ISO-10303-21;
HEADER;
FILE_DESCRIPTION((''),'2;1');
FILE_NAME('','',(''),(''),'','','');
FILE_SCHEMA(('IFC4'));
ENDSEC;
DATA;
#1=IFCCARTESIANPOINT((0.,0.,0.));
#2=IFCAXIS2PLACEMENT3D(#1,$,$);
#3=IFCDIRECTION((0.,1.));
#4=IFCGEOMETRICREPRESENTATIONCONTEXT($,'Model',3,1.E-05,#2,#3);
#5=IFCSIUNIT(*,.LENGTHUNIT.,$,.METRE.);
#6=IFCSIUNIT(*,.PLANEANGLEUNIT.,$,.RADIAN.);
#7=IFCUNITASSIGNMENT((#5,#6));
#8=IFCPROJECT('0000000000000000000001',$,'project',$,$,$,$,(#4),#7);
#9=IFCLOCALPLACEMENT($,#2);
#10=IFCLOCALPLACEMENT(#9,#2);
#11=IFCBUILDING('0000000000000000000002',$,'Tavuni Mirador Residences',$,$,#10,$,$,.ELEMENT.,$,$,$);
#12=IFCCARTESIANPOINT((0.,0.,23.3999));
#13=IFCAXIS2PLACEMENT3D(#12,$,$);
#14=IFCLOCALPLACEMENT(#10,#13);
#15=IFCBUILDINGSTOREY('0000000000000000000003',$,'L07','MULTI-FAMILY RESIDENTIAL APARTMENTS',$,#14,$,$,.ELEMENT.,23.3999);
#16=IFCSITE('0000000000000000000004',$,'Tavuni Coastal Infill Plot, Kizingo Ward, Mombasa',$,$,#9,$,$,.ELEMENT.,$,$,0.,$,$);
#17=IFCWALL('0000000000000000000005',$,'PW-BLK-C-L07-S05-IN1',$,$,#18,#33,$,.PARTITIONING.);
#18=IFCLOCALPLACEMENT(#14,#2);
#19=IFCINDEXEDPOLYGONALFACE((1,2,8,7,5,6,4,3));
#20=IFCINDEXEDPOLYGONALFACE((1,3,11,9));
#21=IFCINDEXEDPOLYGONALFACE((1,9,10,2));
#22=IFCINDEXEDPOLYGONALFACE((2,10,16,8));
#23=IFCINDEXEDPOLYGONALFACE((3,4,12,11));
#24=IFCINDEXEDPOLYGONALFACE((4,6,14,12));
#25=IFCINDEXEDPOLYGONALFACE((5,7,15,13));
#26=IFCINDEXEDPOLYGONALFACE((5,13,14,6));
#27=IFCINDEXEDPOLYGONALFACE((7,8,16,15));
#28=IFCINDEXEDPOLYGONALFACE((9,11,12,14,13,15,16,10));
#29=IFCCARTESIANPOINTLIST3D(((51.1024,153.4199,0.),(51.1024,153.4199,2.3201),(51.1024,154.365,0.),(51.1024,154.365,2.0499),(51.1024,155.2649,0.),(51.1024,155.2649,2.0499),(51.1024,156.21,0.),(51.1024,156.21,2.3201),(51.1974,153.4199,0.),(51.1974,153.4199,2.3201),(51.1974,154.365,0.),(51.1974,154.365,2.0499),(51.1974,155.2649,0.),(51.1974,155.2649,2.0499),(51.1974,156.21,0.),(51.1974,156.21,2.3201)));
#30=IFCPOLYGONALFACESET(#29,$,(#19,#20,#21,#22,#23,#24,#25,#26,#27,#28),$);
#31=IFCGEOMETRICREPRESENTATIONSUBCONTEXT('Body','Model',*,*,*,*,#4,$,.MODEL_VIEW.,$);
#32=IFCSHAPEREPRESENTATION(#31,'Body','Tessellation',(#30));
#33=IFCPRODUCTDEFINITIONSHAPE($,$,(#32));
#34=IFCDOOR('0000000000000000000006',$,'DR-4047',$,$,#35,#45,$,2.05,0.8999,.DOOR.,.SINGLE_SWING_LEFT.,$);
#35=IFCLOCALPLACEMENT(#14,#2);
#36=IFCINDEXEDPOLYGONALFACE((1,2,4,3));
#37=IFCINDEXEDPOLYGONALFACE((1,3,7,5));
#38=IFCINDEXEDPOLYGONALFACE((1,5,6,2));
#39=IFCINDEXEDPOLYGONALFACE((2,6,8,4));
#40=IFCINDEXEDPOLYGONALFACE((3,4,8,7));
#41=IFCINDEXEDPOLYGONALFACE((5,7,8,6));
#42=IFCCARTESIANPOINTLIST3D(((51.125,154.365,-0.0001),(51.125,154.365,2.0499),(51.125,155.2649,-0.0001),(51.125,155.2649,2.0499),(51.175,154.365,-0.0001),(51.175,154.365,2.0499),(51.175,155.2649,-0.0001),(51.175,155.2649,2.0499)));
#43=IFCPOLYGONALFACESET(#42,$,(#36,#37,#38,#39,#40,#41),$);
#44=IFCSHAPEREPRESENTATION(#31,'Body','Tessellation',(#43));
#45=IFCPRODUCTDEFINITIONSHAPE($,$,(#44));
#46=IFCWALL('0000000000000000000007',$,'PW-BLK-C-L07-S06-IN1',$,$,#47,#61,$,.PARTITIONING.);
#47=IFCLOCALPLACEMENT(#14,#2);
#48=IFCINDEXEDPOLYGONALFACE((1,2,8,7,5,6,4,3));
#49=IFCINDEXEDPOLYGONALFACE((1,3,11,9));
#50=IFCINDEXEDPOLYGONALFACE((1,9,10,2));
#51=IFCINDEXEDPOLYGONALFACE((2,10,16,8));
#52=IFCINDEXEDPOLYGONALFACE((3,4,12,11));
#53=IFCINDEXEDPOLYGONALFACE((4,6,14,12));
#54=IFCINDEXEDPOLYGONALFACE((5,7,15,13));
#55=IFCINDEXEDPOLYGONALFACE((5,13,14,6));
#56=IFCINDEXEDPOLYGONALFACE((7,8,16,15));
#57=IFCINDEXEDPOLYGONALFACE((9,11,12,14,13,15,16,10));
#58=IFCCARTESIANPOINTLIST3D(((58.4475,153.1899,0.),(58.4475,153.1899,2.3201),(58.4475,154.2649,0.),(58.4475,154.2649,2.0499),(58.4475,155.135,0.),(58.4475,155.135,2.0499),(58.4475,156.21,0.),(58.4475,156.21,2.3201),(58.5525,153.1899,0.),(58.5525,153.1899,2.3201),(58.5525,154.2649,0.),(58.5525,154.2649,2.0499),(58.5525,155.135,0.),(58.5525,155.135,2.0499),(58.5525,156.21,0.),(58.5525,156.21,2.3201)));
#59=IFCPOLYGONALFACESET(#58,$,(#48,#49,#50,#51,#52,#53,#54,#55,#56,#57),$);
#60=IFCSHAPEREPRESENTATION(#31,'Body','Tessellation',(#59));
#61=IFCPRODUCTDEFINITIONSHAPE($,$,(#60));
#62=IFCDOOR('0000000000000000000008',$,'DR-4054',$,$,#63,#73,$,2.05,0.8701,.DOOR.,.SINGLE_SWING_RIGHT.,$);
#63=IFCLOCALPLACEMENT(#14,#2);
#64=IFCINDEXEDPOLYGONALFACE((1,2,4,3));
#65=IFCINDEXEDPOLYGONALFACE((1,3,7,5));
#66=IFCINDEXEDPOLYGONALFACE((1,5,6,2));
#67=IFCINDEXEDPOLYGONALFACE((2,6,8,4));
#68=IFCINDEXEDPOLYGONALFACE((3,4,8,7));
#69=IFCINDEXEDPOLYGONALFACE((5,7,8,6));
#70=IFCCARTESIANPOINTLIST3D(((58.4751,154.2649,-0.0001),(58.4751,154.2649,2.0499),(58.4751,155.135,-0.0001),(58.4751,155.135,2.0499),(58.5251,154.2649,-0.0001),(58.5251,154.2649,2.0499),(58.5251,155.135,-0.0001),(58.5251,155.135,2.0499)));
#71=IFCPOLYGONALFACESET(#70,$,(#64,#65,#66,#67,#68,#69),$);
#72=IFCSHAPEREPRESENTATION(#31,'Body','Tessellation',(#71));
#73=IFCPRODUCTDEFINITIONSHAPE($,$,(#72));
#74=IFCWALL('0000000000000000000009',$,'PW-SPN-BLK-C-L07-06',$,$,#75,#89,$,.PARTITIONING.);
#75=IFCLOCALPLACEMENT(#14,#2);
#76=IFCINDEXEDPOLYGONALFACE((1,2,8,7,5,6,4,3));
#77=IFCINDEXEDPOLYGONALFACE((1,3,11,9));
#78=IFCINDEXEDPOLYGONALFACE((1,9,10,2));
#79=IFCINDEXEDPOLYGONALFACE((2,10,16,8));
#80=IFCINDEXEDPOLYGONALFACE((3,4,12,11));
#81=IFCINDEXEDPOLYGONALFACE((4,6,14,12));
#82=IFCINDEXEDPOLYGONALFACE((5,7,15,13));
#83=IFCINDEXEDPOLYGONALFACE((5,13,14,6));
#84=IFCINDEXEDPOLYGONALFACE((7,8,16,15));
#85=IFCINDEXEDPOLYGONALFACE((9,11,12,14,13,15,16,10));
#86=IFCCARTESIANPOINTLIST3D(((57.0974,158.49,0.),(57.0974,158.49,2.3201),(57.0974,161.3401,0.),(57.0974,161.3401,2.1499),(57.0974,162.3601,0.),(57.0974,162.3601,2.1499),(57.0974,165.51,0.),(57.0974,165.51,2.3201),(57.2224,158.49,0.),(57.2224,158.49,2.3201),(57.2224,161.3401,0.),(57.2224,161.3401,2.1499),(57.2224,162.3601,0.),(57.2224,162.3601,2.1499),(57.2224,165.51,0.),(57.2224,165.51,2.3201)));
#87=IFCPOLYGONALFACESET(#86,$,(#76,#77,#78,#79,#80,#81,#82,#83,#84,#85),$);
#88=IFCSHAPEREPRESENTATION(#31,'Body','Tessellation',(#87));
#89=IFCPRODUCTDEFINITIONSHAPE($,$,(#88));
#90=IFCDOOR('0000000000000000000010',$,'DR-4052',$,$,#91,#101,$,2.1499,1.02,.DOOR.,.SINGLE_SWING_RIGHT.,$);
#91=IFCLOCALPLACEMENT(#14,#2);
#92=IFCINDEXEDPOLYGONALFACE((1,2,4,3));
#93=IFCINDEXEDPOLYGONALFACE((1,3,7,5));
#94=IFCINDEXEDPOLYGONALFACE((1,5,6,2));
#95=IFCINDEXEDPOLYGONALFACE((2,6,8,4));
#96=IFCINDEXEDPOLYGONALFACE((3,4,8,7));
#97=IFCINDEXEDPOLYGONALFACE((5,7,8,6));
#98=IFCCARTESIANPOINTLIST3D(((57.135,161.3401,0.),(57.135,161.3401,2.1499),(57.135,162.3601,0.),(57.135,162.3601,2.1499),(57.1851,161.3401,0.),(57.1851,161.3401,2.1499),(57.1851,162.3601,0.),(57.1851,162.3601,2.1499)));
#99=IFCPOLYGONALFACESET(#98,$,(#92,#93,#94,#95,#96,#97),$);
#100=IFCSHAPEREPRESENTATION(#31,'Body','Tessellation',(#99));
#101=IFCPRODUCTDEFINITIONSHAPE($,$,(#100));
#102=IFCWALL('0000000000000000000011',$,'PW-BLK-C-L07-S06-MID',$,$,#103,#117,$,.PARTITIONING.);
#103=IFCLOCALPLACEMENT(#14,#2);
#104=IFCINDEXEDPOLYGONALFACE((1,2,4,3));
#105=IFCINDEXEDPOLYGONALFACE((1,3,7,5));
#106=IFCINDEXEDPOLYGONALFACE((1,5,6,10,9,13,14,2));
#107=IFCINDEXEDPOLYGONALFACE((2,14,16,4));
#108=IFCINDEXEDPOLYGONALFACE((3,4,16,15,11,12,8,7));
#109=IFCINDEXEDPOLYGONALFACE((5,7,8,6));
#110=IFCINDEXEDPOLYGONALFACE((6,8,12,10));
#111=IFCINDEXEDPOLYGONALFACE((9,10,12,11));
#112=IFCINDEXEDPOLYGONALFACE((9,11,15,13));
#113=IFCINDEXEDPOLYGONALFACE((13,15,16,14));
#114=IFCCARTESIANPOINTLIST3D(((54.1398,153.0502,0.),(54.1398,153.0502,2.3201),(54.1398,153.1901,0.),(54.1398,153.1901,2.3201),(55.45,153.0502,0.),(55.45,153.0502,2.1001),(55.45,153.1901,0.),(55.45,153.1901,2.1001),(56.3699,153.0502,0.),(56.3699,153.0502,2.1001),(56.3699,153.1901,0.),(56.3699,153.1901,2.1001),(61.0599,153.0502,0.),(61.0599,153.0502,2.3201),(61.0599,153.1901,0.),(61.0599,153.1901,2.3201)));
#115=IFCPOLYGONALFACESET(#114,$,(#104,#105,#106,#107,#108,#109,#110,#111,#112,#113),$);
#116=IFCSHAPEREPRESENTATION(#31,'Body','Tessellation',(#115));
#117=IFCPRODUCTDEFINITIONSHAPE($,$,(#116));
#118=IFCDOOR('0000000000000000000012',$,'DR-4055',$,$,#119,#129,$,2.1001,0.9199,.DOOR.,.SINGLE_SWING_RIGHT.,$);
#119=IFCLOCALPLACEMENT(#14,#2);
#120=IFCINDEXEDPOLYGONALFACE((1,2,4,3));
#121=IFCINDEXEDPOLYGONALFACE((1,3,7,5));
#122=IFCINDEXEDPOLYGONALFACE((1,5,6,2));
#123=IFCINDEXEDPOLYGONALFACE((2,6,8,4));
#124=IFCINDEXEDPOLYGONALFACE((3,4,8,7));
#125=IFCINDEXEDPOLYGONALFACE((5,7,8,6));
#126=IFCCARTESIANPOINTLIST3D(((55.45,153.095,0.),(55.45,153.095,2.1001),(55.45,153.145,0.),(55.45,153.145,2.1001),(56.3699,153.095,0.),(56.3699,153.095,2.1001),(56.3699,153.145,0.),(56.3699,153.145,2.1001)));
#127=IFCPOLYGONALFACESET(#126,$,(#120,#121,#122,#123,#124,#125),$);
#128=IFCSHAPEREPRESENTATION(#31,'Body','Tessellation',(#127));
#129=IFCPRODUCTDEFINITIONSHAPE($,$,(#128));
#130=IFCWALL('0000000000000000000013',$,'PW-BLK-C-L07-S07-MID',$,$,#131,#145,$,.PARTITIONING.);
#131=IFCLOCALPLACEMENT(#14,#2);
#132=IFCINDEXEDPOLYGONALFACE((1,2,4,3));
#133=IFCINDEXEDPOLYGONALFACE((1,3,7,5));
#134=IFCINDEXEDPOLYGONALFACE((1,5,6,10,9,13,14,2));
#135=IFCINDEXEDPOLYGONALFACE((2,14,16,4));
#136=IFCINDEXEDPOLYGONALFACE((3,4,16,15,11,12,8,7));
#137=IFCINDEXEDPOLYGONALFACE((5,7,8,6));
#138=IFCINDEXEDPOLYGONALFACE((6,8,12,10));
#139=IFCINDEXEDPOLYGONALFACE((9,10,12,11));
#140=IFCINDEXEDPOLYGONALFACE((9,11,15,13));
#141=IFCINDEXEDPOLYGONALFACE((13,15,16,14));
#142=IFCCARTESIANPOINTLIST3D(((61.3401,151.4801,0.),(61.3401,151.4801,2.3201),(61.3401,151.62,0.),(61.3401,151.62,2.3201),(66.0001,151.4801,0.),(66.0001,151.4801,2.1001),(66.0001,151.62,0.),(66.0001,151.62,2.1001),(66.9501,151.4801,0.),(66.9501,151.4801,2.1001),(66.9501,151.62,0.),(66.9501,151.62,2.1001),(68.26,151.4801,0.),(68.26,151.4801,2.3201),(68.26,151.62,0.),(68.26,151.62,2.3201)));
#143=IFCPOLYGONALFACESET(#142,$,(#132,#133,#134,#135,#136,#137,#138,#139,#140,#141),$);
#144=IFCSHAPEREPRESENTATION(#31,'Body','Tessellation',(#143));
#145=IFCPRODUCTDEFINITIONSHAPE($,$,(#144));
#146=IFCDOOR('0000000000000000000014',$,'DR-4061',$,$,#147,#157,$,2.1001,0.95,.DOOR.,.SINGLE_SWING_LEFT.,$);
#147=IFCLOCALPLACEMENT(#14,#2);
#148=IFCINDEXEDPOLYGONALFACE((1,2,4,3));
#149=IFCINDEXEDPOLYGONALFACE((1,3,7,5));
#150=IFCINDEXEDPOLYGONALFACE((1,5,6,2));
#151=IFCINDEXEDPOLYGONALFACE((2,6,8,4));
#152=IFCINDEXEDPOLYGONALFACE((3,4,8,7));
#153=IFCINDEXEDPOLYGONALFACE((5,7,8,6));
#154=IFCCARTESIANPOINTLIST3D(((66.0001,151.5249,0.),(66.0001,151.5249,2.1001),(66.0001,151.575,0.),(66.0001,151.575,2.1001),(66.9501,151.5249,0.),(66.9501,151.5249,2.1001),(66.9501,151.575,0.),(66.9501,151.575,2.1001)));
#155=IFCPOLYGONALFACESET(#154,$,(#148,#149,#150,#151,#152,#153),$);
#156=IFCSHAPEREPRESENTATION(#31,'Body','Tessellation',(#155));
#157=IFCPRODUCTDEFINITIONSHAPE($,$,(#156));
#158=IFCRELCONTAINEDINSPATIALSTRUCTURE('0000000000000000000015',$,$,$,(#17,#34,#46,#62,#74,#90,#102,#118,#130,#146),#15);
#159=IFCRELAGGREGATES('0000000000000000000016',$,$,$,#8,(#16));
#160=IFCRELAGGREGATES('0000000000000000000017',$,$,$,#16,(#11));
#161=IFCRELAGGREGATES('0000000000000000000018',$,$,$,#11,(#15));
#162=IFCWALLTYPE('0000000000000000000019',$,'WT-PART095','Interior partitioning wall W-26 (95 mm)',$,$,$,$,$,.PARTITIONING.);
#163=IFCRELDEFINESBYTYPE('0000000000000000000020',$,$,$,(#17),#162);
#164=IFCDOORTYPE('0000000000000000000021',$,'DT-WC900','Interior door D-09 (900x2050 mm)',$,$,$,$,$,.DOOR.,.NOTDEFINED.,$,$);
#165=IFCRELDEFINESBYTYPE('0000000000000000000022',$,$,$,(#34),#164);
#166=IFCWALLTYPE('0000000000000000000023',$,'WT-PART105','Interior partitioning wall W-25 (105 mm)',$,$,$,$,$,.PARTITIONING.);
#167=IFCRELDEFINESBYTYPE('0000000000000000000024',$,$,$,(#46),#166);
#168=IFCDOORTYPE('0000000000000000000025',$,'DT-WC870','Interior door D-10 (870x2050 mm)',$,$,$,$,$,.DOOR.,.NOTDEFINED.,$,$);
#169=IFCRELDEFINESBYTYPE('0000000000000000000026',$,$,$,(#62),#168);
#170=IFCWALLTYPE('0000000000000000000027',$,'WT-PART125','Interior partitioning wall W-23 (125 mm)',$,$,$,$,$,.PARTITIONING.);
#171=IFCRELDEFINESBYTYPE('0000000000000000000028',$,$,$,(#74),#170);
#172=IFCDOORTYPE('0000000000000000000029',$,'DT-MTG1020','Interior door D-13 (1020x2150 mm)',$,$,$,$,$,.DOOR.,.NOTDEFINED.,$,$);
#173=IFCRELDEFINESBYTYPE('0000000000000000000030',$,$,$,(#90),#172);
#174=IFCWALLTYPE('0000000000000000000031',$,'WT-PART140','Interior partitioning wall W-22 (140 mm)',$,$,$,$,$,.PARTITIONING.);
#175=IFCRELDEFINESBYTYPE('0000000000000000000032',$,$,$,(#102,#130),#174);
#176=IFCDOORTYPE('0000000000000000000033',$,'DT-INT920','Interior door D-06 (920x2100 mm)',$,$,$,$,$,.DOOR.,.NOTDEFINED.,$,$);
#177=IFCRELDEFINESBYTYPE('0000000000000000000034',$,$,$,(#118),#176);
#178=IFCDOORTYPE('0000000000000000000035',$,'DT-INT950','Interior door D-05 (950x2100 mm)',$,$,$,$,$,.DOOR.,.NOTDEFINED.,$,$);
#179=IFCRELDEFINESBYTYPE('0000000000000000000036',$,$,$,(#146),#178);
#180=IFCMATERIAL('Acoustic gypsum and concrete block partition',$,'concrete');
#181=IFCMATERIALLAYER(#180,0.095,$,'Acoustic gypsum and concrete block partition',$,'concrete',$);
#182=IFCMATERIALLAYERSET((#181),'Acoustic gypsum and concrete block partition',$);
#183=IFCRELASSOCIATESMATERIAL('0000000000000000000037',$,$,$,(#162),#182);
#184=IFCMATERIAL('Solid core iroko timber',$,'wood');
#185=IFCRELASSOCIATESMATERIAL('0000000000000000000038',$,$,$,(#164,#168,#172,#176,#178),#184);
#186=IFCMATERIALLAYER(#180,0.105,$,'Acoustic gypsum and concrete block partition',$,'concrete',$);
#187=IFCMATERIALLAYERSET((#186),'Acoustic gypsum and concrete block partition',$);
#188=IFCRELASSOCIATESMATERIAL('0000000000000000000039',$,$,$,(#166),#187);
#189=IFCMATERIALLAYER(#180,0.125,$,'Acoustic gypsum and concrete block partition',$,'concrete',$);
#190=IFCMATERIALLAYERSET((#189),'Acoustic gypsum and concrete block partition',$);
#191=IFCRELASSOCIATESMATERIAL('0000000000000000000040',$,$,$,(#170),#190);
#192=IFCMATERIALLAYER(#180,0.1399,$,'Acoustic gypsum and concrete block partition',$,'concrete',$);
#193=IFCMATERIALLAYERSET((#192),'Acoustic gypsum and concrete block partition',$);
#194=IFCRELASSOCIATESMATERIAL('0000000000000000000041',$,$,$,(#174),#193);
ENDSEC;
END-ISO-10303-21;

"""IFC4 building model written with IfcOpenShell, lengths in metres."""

from ifc_helpers import new_model, si_unit, direction, frame, frame_2d, origin, place, context, subcontext, project, spatial, rectangle, extrude, material, layer, layer_set, type_object, element, fill, save


model = new_model("IFC4")

# Units and contexts
model_context = context("Model", 3, precision=1e-05, world=origin(), true_north=direction((0.0, 1.0)))
body_context = subcontext(model_context, "Body", "Model", "MODEL_VIEW")
ifc_project = project(units=[si_unit("LENGTHUNIT", "METRE"), si_unit("PLANEANGLEUNIT", "RADIAN")], contexts=[model_context])

# Site, building, storey
site_placement = place(None, origin())
site = spatial("IfcSite", under=ifc_project, at=site_placement, Name="Tavuni Coastal Infill Plot, Kizingo Ward, Mombasa", CompositionType="ELEMENT", RefElevation=0.0)
building_placement = place(site_placement, origin())
building = spatial("IfcBuilding", under=site, at=building_placement, Name="Tavuni Mirador Residences", CompositionType="ELEMENT")
storey_placement = place(building_placement, frame((0.0, 0.0, 23.3999)))
storey = spatial("IfcBuildingStorey", under=building, at=storey_placement, Name="L07", Description="MULTI-FAMILY RESIDENTIAL APARTMENTS", CompositionType="ELEMENT", Elevation=23.3999)

# Walls, openings, doors
ifc_material_1 = material(Name="Solid core iroko timber", Category="wood")
ifc_material_2 = material(Name="Acoustic gypsum and concrete block partition", Category="concrete")
ifc_layer_1 = layer(ifc_material_2, 0.095, Name="Acoustic gypsum and concrete block partition", Category="concrete")
ifc_layer_set_1 = layer_set([ifc_layer_1], Name="Acoustic gypsum and concrete block partition")
wall_type_1 = type_object("IfcWallType", Name="WT-PART095", Description="Interior partitioning wall W-26 (95 mm)", PredefinedType="PARTITIONING", material=ifc_layer_set_1)
wall_1_placement = place(storey_placement, frame((51.1499, 153.4199, 0.0), z_axis=(0.0, 0.0, 1.0), x_axis=(0.0, 1.0, 0.0)))
wall_1 = element("IfcWall", 1, at=wall_1_placement, inside=storey, type_object=wall_type_1, Name="PW-BLK-C-L07-S05-IN1", PredefinedType="PARTITIONING", context=body_context, shape_type="SweptSolid", body=[
    extrude(rectangle(XDim=2.79, YDim=0.095, at=frame_2d((1.395, 0.0))), origin(), (0.0, 0.0, 1.0), 2.3201),
])
opening_1_placement = place(wall_1_placement, frame((0.9451, 0.0, 0.0)))
opening_1 = element("IfcOpeningElement", 2, at=opening_1_placement, cuts=wall_1, PredefinedType="OPENING", context=body_context, shape_type="SweptSolid", body=[
    extrude(rectangle(XDim=0.8999, YDim=2.05, at=frame_2d((0.45, 1.0249))), frame((0.0, 0.0576, 0.0), z_axis=(0.0, -1.0, 0.0), x_axis=(1.0, 0.0, 0.0)), (0.0, 0.0, 1.0), 0.115),
])
door_type_1 = type_object("IfcDoorType", Name="DT-WC900", Description="Interior door D-09 (900x2050 mm)", OperationType="NOTDEFINED", PredefinedType="DOOR", material=ifc_material_1)
door_1_placement = place(opening_1_placement, origin())
door_1 = element("IfcDoor", 3, at=door_1_placement, inside=storey, type_object=door_type_1, Name="DR-4047", OperationType="SINGLE_SWING_LEFT", OverallHeight=2.05, OverallWidth=0.8999, PredefinedType="DOOR", context=body_context, shape_type="SweptSolid", body=[
    extrude(rectangle(XDim=0.8999, YDim=2.05, at=frame_2d((0.45, 1.0249))), frame((0.0, 0.0249, 0.0), z_axis=(0.0, -1.0, 0.0), x_axis=(1.0, 0.0, 0.0)), (0.0, 0.0, 1.0), 0.05),
])
fill(opening_1, door_1)
ifc_layer_2 = layer(ifc_material_2, 0.105, Name="Acoustic gypsum and concrete block partition", Category="concrete")
ifc_layer_set_2 = layer_set([ifc_layer_2], Name="Acoustic gypsum and concrete block partition")
wall_type_2 = type_object("IfcWallType", Name="WT-PART105", Description="Interior partitioning wall W-25 (105 mm)", PredefinedType="PARTITIONING", material=ifc_layer_set_2)
wall_2_placement = place(storey_placement, frame((58.5, 153.1899, 0.0), z_axis=(0.0, 0.0, 1.0), x_axis=(0.0, 1.0, 0.0)))
wall_2 = element("IfcWall", 4, at=wall_2_placement, inside=storey, type_object=wall_type_2, Name="PW-BLK-C-L07-S06-IN1", PredefinedType="PARTITIONING", context=body_context, shape_type="SweptSolid", body=[
    extrude(rectangle(XDim=3.02, YDim=0.105, at=frame_2d((1.51, 0.0))), origin(), (0.0, 0.0, 1.0), 2.3201),
])
opening_2_placement = place(wall_2_placement, frame((1.075, 0.0, 0.0)))
opening_2 = element("IfcOpeningElement", 5, at=opening_2_placement, cuts=wall_2, PredefinedType="OPENING", context=body_context, shape_type="SweptSolid", body=[
    extrude(rectangle(XDim=0.8701, YDim=2.05, at=frame_2d((0.4351, 1.0249))), frame((0.0, 0.0625, 0.0), z_axis=(0.0, -1.0, 0.0), x_axis=(1.0, 0.0, 0.0)), (0.0, 0.0, 1.0), 0.125),
])
door_type_2 = type_object("IfcDoorType", Name="DT-WC870", Description="Interior door D-10 (870x2050 mm)", OperationType="NOTDEFINED", PredefinedType="DOOR", material=ifc_material_1)
door_2_placement = place(opening_2_placement, origin())
door_2 = element("IfcDoor", 6, at=door_2_placement, inside=storey, type_object=door_type_2, Name="DR-4054", OperationType="SINGLE_SWING_RIGHT", OverallHeight=2.05, OverallWidth=0.8701, PredefinedType="DOOR", context=body_context, shape_type="SweptSolid", body=[
    extrude(rectangle(XDim=0.8701, YDim=2.05, at=frame_2d((0.4351, 1.0249))), frame((0.0, 0.0249, 0.0), z_axis=(0.0, -1.0, 0.0), x_axis=(1.0, 0.0, 0.0)), (0.0, 0.0, 1.0), 0.05),
])
fill(opening_2, door_2)
ifc_layer_3 = layer(ifc_material_2, 0.125, Name="Acoustic gypsum and concrete block partition", Category="concrete")
ifc_layer_set_3 = layer_set([ifc_layer_3], Name="Acoustic gypsum and concrete block partition")
wall_type_3 = type_object("IfcWallType", Name="WT-PART125", Description="Interior partitioning wall W-23 (125 mm)", PredefinedType="PARTITIONING", material=ifc_layer_set_3)
wall_3_placement = place(storey_placement, frame((57.1599, 158.49, 0.0), z_axis=(0.0, 0.0, 1.0), x_axis=(0.0, 1.0, 0.0)))
wall_3 = element("IfcWall", 7, at=wall_3_placement, inside=storey, type_object=wall_type_3, Name="PW-SPN-BLK-C-L07-06", PredefinedType="PARTITIONING", context=body_context, shape_type="SweptSolid", body=[
    extrude(rectangle(XDim=7.02, YDim=0.125, at=frame_2d((3.51, 0.0))), origin(), (0.0, 0.0, 1.0), 2.3201),
])
opening_3_placement = place(wall_3_placement, frame((2.8501, 0.0, 0.0)))
opening_3 = element("IfcOpeningElement", 8, at=opening_3_placement, cuts=wall_3, PredefinedType="OPENING", context=body_context, shape_type="SweptSolid", body=[
    extrude(rectangle(XDim=1.02, YDim=2.1499, at=frame_2d((0.51, 1.075))), frame((0.0, 0.0725, 0.0), z_axis=(0.0, -1.0, 0.0), x_axis=(1.0, 0.0, 0.0)), (0.0, 0.0, 1.0), 0.145),
])
door_type_3 = type_object("IfcDoorType", Name="DT-MTG1020", Description="Interior door D-13 (1020x2150 mm)", OperationType="NOTDEFINED", PredefinedType="DOOR", material=ifc_material_1)
door_3_placement = place(opening_3_placement, origin())
door_3 = element("IfcDoor", 9, at=door_3_placement, inside=storey, type_object=door_type_3, Name="DR-4052", OperationType="SINGLE_SWING_RIGHT", OverallHeight=2.1499, OverallWidth=1.02, PredefinedType="DOOR", context=body_context, shape_type="SweptSolid", body=[
    extrude(rectangle(XDim=1.02, YDim=2.1499, at=frame_2d((0.51, 1.075))), frame((0.0, 0.0249, 0.0), z_axis=(0.0, -1.0, 0.0), x_axis=(1.0, 0.0, 0.0)), (0.0, 0.0, 1.0), 0.05),
])
fill(opening_3, door_3)
ifc_layer_4 = layer(ifc_material_2, 0.1399, Name="Acoustic gypsum and concrete block partition", Category="concrete")
ifc_layer_set_4 = layer_set([ifc_layer_4], Name="Acoustic gypsum and concrete block partition")
wall_type_4 = type_object("IfcWallType", Name="WT-PART140", Description="Interior partitioning wall W-22 (140 mm)", PredefinedType="PARTITIONING", material=ifc_layer_set_4)
wall_4_placement = place(storey_placement, frame((54.1399, 153.1201, 0.0), z_axis=(0.0, 0.0, 1.0), x_axis=(1.0, 0.0, 0.0)))
wall_4 = element("IfcWall", 10, at=wall_4_placement, inside=storey, type_object=wall_type_4, Name="PW-BLK-C-L07-S06-MID", PredefinedType="PARTITIONING", context=body_context, shape_type="SweptSolid", body=[
    extrude(rectangle(XDim=6.9202, YDim=0.1399, at=frame_2d((3.46, 0.0))), origin(), (0.0, 0.0, 1.0), 2.3201),
])
opening_4_placement = place(wall_4_placement, frame((1.3101, 0.0, 0.0)))
opening_4 = element("IfcOpeningElement", 11, at=opening_4_placement, cuts=wall_4, PredefinedType="OPENING", context=body_context, shape_type="SweptSolid", body=[
    extrude(rectangle(XDim=0.9199, YDim=2.1001, at=frame_2d((0.46, 1.05))), frame((0.0, 0.0801, 0.0), z_axis=(0.0, -1.0, 0.0), x_axis=(1.0, 0.0, 0.0)), (0.0, 0.0, 1.0), 0.1599),
])
door_type_4 = type_object("IfcDoorType", Name="DT-INT920", Description="Interior door D-06 (920x2100 mm)", OperationType="NOTDEFINED", PredefinedType="DOOR", material=ifc_material_1)
door_4_placement = place(opening_4_placement, origin())
door_4 = element("IfcDoor", 12, at=door_4_placement, inside=storey, type_object=door_type_4, Name="DR-4055", OperationType="SINGLE_SWING_RIGHT", OverallHeight=2.1001, OverallWidth=0.9199, PredefinedType="DOOR", context=body_context, shape_type="SweptSolid", body=[
    extrude(rectangle(XDim=0.9199, YDim=2.1001, at=frame_2d((0.46, 1.05))), frame((0.0, 0.0249, 0.0), z_axis=(0.0, -1.0, 0.0), x_axis=(1.0, 0.0, 0.0)), (0.0, 0.0, 1.0), 0.05),
])
fill(opening_4, door_4)
wall_5_placement = place(storey_placement, frame((61.3401, 151.55, 0.0), z_axis=(0.0, 0.0, 1.0), x_axis=(1.0, 0.0, 0.0)))
wall_5 = element("IfcWall", 13, at=wall_5_placement, inside=storey, type_object=wall_type_4, Name="PW-BLK-C-L07-S07-MID", PredefinedType="PARTITIONING", context=body_context, shape_type="SweptSolid", body=[
    extrude(rectangle(XDim=6.9199, YDim=0.1399, at=frame_2d((3.46, 0.0))), origin(), (0.0, 0.0, 1.0), 2.3201),
])
opening_5_placement = place(wall_5_placement, frame((4.6599, 0.0, 0.0)))
opening_5 = element("IfcOpeningElement", 14, at=opening_5_placement, cuts=wall_5, PredefinedType="OPENING", context=body_context, shape_type="SweptSolid", body=[
    extrude(rectangle(XDim=0.95, YDim=2.1001, at=frame_2d((0.4751, 1.05))), frame((0.0, 0.0801, 0.0), z_axis=(0.0, -1.0, 0.0), x_axis=(1.0, 0.0, 0.0)), (0.0, 0.0, 1.0), 0.1599),
])
door_type_5 = type_object("IfcDoorType", Name="DT-INT950", Description="Interior door D-05 (950x2100 mm)", OperationType="NOTDEFINED", PredefinedType="DOOR", material=ifc_material_1)
door_5_placement = place(opening_5_placement, origin())
door_5 = element("IfcDoor", 15, at=door_5_placement, inside=storey, type_object=door_type_5, Name="DR-4061", OperationType="SINGLE_SWING_LEFT", OverallHeight=2.1001, OverallWidth=0.95, PredefinedType="DOOR", context=body_context, shape_type="SweptSolid", body=[
    extrude(rectangle(XDim=0.95, YDim=2.1001, at=frame_2d((0.4751, 1.05))), frame((0.0, 0.0249, 0.0), z_axis=(0.0, -1.0, 0.0), x_axis=(1.0, 0.0, 0.0)), (0.0, 0.0, 1.0), 0.05),
])
fill(opening_5, door_5)

save(model, "model.ifc")
